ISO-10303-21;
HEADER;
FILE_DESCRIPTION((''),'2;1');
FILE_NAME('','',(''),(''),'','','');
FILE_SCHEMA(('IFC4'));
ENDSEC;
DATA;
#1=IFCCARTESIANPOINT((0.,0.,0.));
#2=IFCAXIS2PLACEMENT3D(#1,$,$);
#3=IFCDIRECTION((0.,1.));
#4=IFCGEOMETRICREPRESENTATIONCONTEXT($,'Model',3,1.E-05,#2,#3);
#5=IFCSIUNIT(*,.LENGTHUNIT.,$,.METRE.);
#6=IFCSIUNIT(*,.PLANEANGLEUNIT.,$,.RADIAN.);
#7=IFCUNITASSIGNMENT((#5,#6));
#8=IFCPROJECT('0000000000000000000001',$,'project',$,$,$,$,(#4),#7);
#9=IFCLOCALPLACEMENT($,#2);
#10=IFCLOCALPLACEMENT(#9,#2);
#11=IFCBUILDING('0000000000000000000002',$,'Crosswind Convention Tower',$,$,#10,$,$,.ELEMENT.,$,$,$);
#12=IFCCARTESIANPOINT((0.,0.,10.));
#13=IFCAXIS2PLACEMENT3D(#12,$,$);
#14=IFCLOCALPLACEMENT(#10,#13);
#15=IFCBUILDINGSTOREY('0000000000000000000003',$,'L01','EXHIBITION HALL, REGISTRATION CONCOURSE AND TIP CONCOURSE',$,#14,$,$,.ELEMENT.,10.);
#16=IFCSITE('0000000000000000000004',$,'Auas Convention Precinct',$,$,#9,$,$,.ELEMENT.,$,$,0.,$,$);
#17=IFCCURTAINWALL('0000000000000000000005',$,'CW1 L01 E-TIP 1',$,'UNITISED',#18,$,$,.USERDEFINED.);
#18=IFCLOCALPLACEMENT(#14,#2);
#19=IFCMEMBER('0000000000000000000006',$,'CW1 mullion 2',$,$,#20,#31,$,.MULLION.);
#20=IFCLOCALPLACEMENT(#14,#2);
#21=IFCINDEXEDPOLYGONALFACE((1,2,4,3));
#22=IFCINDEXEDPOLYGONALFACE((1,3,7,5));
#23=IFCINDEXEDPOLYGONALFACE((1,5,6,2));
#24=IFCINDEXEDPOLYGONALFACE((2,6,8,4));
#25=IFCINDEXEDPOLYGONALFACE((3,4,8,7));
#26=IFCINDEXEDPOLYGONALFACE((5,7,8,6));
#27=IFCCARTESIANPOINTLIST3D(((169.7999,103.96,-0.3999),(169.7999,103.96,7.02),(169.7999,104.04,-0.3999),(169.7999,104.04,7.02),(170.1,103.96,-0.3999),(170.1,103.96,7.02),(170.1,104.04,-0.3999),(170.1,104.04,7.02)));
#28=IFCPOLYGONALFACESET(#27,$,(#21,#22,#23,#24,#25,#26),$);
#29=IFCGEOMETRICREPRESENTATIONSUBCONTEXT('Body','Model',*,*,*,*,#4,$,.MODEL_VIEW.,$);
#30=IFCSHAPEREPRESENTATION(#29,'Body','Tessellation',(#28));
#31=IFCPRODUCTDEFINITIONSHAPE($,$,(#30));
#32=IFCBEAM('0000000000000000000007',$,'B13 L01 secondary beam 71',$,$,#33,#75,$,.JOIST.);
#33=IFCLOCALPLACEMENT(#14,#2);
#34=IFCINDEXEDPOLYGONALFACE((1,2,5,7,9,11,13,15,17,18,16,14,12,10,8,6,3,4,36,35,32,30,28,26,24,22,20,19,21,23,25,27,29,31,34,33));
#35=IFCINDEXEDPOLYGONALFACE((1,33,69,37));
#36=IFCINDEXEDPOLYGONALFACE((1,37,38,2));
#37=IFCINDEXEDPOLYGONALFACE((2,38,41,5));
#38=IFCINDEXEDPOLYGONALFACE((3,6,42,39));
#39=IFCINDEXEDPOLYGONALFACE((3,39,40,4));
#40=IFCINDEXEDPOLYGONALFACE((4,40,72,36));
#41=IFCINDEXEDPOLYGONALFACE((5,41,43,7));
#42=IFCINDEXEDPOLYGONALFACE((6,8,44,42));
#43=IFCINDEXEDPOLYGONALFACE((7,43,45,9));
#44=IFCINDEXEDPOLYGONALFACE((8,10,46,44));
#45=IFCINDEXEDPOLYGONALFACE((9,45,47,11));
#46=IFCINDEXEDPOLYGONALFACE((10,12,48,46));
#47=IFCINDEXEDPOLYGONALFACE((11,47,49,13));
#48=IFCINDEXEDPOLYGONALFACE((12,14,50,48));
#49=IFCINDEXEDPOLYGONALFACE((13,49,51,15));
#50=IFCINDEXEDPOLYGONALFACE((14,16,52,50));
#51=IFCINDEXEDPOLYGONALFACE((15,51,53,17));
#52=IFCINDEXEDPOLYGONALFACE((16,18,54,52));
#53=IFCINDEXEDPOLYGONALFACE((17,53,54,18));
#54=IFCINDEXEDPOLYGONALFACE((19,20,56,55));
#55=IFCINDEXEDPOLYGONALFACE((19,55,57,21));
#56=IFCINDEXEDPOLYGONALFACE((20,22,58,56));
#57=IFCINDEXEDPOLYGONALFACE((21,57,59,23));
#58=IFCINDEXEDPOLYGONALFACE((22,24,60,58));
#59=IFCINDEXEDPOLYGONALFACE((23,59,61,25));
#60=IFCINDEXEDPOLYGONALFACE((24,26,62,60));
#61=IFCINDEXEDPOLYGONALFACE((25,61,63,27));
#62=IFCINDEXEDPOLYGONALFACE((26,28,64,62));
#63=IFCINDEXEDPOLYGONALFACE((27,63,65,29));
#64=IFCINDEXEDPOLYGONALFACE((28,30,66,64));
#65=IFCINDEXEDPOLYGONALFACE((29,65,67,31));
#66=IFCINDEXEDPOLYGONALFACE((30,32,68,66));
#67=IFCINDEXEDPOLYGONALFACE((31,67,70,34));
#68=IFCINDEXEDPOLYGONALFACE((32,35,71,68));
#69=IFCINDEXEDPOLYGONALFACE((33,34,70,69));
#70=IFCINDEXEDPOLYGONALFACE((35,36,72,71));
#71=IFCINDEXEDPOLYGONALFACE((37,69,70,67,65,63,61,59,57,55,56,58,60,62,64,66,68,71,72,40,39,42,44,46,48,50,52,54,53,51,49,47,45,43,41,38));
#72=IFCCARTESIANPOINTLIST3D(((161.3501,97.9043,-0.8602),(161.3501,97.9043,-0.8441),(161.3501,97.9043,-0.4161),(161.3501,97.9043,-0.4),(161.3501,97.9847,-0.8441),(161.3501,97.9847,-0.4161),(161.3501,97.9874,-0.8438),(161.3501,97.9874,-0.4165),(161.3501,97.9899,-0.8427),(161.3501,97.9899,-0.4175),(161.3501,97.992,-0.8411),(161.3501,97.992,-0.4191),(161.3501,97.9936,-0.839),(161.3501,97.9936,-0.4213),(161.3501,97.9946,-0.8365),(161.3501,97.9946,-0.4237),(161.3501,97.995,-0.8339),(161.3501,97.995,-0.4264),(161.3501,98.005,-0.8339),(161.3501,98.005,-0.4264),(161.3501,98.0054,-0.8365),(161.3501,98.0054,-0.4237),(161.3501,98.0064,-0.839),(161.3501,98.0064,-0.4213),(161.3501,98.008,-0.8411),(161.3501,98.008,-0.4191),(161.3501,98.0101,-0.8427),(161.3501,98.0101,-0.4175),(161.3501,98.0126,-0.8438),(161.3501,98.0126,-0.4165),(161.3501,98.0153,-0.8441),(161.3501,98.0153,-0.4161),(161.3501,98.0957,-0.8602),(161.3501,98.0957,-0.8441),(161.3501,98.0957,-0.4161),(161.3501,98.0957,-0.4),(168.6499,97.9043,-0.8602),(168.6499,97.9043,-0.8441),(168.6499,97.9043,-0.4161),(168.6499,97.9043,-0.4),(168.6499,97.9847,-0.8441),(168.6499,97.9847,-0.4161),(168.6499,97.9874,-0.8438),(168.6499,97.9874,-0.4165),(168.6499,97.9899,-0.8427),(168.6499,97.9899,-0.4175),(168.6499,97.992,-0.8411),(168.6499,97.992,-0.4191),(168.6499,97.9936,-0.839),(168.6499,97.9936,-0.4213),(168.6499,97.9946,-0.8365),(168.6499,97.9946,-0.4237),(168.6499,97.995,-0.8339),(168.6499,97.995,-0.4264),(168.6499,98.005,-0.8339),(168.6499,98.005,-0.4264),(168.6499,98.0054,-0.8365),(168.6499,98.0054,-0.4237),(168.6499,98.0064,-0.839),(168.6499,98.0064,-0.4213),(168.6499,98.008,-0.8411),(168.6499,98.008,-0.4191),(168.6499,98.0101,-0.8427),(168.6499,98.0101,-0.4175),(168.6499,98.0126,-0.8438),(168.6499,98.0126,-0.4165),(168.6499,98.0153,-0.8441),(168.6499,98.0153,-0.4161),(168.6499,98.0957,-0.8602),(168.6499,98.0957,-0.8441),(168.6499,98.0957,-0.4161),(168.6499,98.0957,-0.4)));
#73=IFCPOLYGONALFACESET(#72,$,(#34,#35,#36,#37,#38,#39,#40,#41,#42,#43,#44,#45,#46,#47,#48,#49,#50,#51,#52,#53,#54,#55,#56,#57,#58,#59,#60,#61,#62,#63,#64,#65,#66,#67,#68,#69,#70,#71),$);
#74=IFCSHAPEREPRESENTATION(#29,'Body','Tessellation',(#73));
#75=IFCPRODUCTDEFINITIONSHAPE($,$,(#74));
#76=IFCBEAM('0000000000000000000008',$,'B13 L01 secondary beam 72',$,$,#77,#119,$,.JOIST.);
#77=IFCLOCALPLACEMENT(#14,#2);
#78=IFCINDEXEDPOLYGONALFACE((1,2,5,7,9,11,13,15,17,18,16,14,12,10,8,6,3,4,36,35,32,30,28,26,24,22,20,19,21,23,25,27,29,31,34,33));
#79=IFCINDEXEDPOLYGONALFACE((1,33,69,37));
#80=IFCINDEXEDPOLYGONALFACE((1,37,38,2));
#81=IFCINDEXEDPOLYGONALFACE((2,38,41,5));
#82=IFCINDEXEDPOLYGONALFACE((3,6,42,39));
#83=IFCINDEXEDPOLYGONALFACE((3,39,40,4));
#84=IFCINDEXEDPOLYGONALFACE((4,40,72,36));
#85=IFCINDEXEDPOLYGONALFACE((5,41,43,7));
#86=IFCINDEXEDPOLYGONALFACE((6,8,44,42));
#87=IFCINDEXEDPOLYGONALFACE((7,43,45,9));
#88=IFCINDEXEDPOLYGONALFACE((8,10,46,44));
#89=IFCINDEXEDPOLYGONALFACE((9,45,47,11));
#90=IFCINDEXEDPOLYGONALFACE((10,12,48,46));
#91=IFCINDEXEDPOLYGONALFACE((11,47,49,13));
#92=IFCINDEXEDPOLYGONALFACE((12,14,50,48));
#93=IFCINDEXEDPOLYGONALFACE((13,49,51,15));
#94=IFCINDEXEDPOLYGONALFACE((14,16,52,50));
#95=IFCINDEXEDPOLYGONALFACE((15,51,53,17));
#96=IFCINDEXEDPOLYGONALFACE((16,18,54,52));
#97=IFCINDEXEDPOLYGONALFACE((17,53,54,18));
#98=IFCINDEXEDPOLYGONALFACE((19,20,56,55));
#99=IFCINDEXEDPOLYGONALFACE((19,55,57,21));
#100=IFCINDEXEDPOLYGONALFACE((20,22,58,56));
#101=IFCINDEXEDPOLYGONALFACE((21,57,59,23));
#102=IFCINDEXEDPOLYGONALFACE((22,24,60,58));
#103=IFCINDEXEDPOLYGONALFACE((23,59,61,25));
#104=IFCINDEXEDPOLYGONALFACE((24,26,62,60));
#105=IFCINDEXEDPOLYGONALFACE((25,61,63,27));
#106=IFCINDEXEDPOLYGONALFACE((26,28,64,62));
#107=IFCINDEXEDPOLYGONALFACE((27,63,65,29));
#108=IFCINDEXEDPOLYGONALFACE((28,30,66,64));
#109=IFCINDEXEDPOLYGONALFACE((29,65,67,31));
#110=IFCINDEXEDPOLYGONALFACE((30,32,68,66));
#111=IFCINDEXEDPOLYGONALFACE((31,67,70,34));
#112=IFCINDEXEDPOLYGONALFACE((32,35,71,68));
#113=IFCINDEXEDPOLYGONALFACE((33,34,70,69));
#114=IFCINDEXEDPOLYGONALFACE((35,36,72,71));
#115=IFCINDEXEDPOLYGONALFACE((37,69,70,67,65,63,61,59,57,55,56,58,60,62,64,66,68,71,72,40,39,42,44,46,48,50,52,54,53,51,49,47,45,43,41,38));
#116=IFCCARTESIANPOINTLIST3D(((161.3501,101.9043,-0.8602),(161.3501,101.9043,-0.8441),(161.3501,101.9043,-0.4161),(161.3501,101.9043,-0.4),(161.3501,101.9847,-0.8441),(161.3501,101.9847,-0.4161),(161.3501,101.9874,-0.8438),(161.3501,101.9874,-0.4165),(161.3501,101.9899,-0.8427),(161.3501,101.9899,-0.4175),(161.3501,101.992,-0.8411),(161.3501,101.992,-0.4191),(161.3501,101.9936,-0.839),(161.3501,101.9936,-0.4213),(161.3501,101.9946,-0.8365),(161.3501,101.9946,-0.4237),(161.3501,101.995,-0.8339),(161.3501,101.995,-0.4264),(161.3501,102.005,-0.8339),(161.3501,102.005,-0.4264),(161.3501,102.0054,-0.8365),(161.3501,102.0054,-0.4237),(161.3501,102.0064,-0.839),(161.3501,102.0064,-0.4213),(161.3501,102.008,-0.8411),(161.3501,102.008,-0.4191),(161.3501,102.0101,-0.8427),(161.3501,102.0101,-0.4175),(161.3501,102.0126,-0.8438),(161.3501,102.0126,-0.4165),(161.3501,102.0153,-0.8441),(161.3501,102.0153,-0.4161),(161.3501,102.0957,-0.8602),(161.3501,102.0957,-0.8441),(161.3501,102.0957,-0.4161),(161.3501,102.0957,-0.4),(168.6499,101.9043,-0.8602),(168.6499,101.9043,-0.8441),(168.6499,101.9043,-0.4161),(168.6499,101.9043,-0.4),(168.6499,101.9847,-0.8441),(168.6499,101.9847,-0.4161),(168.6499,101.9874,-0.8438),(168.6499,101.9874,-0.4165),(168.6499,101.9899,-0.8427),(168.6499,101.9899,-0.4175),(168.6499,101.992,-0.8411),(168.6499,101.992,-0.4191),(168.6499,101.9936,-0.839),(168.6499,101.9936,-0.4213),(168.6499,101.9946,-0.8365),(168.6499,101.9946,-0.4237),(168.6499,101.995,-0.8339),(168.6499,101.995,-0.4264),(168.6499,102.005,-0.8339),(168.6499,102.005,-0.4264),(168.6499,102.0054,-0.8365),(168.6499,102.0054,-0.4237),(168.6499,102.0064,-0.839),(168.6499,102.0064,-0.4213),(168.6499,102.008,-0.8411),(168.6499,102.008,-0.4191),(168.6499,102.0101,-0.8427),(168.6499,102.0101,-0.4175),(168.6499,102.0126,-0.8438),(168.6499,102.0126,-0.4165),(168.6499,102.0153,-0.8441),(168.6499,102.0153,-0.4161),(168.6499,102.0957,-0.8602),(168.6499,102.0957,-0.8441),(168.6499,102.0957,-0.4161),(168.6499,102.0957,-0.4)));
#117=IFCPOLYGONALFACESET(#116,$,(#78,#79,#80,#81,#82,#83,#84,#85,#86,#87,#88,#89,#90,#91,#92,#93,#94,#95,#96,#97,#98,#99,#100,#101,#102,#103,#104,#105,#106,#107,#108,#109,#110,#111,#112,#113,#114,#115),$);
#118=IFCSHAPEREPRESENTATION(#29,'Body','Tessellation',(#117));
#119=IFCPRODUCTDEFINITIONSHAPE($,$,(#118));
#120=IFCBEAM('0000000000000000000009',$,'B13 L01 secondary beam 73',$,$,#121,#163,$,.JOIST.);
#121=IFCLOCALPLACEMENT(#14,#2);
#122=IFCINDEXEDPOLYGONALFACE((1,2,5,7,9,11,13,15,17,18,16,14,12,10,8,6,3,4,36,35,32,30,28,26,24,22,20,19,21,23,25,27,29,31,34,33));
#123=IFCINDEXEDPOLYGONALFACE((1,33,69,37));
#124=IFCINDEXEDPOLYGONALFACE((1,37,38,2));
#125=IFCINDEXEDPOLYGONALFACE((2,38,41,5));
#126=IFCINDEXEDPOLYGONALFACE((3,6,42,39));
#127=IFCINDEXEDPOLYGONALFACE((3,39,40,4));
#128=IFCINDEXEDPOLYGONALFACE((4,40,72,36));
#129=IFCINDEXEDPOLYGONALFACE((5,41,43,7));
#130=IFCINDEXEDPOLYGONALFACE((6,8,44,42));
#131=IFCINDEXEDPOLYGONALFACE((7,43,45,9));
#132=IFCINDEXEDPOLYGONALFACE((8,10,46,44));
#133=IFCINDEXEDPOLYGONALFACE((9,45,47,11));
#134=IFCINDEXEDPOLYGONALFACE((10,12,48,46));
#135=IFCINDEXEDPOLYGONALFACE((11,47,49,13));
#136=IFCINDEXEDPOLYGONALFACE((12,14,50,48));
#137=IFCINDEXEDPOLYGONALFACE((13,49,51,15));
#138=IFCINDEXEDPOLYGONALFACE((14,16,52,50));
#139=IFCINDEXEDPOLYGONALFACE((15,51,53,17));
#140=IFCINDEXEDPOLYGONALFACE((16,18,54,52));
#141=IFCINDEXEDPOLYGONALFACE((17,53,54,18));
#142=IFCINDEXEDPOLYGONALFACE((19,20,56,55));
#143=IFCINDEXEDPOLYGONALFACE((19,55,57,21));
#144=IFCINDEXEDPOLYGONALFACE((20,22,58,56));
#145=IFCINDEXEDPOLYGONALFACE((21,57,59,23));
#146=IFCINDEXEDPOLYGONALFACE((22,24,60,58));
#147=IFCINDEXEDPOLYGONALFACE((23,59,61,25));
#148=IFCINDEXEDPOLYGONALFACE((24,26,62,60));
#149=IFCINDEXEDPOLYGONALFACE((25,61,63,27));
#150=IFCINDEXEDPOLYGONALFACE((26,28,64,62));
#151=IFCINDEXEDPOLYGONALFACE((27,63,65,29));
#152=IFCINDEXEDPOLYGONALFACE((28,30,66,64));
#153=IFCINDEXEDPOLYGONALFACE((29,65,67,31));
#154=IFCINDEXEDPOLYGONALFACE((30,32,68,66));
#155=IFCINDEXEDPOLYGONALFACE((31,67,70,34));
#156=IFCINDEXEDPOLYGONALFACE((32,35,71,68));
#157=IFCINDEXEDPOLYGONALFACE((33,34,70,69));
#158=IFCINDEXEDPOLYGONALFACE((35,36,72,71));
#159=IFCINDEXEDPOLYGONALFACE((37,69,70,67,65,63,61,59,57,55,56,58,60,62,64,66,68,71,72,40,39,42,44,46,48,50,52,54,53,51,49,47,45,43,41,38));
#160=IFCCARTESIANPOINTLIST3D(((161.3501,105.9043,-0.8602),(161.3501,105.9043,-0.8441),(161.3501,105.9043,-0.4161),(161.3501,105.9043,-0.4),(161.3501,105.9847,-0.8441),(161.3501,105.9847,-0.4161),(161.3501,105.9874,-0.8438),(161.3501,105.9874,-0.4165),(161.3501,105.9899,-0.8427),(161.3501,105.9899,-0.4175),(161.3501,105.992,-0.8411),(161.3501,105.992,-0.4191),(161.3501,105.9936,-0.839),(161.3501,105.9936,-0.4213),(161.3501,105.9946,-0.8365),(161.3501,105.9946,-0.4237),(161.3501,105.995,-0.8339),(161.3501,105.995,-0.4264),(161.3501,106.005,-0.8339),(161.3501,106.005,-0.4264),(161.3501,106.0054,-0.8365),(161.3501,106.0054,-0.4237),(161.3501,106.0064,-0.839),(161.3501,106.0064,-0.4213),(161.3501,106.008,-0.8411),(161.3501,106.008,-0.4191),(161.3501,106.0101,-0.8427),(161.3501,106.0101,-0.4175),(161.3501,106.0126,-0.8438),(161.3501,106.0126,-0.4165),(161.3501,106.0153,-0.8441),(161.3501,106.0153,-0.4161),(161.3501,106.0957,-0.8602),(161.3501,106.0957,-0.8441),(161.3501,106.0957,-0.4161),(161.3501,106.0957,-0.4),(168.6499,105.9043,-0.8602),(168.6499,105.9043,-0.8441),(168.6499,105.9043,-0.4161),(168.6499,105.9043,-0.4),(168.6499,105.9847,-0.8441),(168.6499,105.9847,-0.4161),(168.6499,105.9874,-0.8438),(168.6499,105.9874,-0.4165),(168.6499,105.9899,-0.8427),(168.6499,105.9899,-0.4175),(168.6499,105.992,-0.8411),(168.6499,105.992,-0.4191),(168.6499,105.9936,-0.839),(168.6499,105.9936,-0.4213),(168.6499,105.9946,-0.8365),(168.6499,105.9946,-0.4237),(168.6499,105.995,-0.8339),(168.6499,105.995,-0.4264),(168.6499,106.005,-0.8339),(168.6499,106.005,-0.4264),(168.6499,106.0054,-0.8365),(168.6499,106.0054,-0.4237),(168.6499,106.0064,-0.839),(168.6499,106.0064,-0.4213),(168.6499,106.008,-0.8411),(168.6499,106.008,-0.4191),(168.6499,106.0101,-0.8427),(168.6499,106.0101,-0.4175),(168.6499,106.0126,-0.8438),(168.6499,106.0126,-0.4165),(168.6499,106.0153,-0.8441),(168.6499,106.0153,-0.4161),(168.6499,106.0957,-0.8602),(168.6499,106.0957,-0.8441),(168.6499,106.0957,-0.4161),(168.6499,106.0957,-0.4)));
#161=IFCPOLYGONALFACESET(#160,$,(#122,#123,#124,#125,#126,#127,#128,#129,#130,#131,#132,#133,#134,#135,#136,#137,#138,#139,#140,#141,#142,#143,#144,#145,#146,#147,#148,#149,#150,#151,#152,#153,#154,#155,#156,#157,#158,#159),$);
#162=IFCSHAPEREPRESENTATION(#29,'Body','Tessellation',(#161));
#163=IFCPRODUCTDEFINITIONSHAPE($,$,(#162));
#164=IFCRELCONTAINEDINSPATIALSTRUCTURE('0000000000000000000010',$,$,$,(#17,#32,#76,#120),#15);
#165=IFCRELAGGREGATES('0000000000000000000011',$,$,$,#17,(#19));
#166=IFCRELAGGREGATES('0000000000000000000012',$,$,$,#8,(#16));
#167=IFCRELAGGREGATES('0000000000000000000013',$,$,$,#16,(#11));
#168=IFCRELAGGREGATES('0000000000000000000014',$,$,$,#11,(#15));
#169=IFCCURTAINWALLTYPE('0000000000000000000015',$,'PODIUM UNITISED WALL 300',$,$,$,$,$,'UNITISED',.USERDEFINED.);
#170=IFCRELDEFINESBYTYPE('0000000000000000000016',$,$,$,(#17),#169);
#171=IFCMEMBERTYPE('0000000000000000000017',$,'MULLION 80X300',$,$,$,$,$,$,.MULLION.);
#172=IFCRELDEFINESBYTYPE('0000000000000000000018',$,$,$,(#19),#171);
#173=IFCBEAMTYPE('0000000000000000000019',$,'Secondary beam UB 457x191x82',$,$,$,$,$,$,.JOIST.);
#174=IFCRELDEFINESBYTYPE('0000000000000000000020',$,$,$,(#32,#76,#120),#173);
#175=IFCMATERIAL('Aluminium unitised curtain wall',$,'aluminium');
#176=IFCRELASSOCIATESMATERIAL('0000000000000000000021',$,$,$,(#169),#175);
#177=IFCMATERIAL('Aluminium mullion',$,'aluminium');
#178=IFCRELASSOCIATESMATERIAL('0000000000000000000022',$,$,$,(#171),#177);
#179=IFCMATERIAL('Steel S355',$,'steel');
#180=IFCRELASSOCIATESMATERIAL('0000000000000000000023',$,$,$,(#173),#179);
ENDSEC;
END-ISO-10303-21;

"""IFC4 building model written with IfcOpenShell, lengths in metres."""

from ifc_helpers import new_model, si_unit, direction, frame, origin, origin_2d, place, context, subcontext, project, spatial, rectangle, i_section, extrude, material, material_profile, profile_set, type_object, element, aggregate, save


model = new_model("IFC4")

# Units and contexts
model_context = context("Model", 3, precision=1e-05, world=origin(), true_north=direction((0.0, 1.0)))
body_context = subcontext(model_context, "Body", "Model", "MODEL_VIEW")
ifc_project = project(units=[si_unit("LENGTHUNIT", "METRE"), si_unit("PLANEANGLEUNIT", "RADIAN")], contexts=[model_context])

# Site, building, storey
site_placement = place(None, origin())
site = spatial("IfcSite", under=ifc_project, at=site_placement, Name="Auas Convention Precinct", CompositionType="ELEMENT", RefElevation=0.0)
building_placement = place(site_placement, origin())
building = spatial("IfcBuilding", under=site, at=building_placement, Name="Crosswind Convention Tower", CompositionType="ELEMENT")
storey_placement = place(building_placement, frame((0.0, 0.0, 10.0)))
storey = spatial("IfcBuildingStorey", under=building, at=storey_placement, Name="L01", Description="EXHIBITION HALL, REGISTRATION CONCOURSE AND TIP CONCOURSE", CompositionType="ELEMENT", Elevation=10.0)

# Curtain wall, member
ifc_material_1 = material(Name="Aluminium unitised curtain wall", Category="aluminium")
curtain_wall_type = type_object("IfcCurtainWallType", Name="PODIUM UNITISED WALL 300", ElementType="UNITISED", PredefinedType="USERDEFINED", material=ifc_material_1)
curtain_wall_placement = place(storey_placement, origin())
curtain_wall = element("IfcCurtainWall", 1, at=curtain_wall_placement, inside=storey, type_object=curtain_wall_type, Name="CW1 L01 E-TIP 1", ObjectType="UNITISED", PredefinedType="USERDEFINED")
ifc_material_2 = material(Name="Aluminium mullion", Category="aluminium")
ifc_material_profile_1 = material_profile(ifc_material_2, rectangle(XDim=0.3, YDim=0.0801, at=origin_2d()), Name="AL 300X80")
ifc_profile_set_1 = profile_set([ifc_material_profile_1], Name="Aluminium mullion")
member_type = type_object("IfcMemberType", Name="MULLION 80X300", PredefinedType="MULLION", material=ifc_profile_set_1)
member_placement = place(storey_placement, frame((169.95, 104.0, -0.3999), z_axis=(0.0, 0.0, 1.0), x_axis=(1.0, 0.0, 0.0)))
member = element("IfcMember", 2, at=member_placement, type_object=member_type, Name="CW1 mullion 2", PredefinedType="MULLION", context=body_context, shape_type="SweptSolid", body=[
    extrude(rectangle(XDim=0.3, YDim=0.0801, at=origin_2d()), origin(), (0.0, 0.0, 1.0), 7.4199),
])

# Beams
ifc_material_3 = material(Name="Steel S355", Category="steel")
ifc_material_profile_2 = material_profile(ifc_material_3, i_section(OverallWidth=0.1914, OverallDepth=0.4602, WebThickness=0.01, FlangeThickness=0.0161, FilletRadius=0.0103, at=origin_2d()), Name="UB 457x191x82")
ifc_profile_set_2 = profile_set([ifc_material_profile_2], Name="Steel S355")
beam_type_1 = type_object("IfcBeamType", Name="Secondary beam UB 457x191x82", PredefinedType="JOIST", material=ifc_profile_set_2)
for number, where, z_axis, x_axis, name in (
    (3, (161.3501, 98.0, -0.6301), (1.0, 0.0, 0.0), (0.0, 1.0, 0.0), "B13 L01 secondary beam 71"),
    (4, (161.3501, 102.0, -0.6301), (1.0, 0.0, 0.0), (0.0, 1.0, 0.0), "B13 L01 secondary beam 72"),
    (5, (161.3501, 106.0, -0.6301), (1.0, 0.0, 0.0), (0.0, 1.0, 0.0), "B13 L01 secondary beam 73"),
):
    element("IfcBeam", number, at=place(storey_placement, frame(where, z_axis=z_axis, x_axis=x_axis)), inside=storey, type_object=beam_type_1, Name=name, PredefinedType="JOIST", context=body_context, shape_type="SweptSolid", body=[
        extrude(i_section(OverallWidth=0.1914, OverallDepth=0.4602, WebThickness=0.01, FlangeThickness=0.0161, FilletRadius=0.0103, at=origin_2d()), origin(), (0.0, 0.0, 1.0), 7.2998),
    ])

aggregate(curtain_wall, [member])

save(model, "model.ifc")
